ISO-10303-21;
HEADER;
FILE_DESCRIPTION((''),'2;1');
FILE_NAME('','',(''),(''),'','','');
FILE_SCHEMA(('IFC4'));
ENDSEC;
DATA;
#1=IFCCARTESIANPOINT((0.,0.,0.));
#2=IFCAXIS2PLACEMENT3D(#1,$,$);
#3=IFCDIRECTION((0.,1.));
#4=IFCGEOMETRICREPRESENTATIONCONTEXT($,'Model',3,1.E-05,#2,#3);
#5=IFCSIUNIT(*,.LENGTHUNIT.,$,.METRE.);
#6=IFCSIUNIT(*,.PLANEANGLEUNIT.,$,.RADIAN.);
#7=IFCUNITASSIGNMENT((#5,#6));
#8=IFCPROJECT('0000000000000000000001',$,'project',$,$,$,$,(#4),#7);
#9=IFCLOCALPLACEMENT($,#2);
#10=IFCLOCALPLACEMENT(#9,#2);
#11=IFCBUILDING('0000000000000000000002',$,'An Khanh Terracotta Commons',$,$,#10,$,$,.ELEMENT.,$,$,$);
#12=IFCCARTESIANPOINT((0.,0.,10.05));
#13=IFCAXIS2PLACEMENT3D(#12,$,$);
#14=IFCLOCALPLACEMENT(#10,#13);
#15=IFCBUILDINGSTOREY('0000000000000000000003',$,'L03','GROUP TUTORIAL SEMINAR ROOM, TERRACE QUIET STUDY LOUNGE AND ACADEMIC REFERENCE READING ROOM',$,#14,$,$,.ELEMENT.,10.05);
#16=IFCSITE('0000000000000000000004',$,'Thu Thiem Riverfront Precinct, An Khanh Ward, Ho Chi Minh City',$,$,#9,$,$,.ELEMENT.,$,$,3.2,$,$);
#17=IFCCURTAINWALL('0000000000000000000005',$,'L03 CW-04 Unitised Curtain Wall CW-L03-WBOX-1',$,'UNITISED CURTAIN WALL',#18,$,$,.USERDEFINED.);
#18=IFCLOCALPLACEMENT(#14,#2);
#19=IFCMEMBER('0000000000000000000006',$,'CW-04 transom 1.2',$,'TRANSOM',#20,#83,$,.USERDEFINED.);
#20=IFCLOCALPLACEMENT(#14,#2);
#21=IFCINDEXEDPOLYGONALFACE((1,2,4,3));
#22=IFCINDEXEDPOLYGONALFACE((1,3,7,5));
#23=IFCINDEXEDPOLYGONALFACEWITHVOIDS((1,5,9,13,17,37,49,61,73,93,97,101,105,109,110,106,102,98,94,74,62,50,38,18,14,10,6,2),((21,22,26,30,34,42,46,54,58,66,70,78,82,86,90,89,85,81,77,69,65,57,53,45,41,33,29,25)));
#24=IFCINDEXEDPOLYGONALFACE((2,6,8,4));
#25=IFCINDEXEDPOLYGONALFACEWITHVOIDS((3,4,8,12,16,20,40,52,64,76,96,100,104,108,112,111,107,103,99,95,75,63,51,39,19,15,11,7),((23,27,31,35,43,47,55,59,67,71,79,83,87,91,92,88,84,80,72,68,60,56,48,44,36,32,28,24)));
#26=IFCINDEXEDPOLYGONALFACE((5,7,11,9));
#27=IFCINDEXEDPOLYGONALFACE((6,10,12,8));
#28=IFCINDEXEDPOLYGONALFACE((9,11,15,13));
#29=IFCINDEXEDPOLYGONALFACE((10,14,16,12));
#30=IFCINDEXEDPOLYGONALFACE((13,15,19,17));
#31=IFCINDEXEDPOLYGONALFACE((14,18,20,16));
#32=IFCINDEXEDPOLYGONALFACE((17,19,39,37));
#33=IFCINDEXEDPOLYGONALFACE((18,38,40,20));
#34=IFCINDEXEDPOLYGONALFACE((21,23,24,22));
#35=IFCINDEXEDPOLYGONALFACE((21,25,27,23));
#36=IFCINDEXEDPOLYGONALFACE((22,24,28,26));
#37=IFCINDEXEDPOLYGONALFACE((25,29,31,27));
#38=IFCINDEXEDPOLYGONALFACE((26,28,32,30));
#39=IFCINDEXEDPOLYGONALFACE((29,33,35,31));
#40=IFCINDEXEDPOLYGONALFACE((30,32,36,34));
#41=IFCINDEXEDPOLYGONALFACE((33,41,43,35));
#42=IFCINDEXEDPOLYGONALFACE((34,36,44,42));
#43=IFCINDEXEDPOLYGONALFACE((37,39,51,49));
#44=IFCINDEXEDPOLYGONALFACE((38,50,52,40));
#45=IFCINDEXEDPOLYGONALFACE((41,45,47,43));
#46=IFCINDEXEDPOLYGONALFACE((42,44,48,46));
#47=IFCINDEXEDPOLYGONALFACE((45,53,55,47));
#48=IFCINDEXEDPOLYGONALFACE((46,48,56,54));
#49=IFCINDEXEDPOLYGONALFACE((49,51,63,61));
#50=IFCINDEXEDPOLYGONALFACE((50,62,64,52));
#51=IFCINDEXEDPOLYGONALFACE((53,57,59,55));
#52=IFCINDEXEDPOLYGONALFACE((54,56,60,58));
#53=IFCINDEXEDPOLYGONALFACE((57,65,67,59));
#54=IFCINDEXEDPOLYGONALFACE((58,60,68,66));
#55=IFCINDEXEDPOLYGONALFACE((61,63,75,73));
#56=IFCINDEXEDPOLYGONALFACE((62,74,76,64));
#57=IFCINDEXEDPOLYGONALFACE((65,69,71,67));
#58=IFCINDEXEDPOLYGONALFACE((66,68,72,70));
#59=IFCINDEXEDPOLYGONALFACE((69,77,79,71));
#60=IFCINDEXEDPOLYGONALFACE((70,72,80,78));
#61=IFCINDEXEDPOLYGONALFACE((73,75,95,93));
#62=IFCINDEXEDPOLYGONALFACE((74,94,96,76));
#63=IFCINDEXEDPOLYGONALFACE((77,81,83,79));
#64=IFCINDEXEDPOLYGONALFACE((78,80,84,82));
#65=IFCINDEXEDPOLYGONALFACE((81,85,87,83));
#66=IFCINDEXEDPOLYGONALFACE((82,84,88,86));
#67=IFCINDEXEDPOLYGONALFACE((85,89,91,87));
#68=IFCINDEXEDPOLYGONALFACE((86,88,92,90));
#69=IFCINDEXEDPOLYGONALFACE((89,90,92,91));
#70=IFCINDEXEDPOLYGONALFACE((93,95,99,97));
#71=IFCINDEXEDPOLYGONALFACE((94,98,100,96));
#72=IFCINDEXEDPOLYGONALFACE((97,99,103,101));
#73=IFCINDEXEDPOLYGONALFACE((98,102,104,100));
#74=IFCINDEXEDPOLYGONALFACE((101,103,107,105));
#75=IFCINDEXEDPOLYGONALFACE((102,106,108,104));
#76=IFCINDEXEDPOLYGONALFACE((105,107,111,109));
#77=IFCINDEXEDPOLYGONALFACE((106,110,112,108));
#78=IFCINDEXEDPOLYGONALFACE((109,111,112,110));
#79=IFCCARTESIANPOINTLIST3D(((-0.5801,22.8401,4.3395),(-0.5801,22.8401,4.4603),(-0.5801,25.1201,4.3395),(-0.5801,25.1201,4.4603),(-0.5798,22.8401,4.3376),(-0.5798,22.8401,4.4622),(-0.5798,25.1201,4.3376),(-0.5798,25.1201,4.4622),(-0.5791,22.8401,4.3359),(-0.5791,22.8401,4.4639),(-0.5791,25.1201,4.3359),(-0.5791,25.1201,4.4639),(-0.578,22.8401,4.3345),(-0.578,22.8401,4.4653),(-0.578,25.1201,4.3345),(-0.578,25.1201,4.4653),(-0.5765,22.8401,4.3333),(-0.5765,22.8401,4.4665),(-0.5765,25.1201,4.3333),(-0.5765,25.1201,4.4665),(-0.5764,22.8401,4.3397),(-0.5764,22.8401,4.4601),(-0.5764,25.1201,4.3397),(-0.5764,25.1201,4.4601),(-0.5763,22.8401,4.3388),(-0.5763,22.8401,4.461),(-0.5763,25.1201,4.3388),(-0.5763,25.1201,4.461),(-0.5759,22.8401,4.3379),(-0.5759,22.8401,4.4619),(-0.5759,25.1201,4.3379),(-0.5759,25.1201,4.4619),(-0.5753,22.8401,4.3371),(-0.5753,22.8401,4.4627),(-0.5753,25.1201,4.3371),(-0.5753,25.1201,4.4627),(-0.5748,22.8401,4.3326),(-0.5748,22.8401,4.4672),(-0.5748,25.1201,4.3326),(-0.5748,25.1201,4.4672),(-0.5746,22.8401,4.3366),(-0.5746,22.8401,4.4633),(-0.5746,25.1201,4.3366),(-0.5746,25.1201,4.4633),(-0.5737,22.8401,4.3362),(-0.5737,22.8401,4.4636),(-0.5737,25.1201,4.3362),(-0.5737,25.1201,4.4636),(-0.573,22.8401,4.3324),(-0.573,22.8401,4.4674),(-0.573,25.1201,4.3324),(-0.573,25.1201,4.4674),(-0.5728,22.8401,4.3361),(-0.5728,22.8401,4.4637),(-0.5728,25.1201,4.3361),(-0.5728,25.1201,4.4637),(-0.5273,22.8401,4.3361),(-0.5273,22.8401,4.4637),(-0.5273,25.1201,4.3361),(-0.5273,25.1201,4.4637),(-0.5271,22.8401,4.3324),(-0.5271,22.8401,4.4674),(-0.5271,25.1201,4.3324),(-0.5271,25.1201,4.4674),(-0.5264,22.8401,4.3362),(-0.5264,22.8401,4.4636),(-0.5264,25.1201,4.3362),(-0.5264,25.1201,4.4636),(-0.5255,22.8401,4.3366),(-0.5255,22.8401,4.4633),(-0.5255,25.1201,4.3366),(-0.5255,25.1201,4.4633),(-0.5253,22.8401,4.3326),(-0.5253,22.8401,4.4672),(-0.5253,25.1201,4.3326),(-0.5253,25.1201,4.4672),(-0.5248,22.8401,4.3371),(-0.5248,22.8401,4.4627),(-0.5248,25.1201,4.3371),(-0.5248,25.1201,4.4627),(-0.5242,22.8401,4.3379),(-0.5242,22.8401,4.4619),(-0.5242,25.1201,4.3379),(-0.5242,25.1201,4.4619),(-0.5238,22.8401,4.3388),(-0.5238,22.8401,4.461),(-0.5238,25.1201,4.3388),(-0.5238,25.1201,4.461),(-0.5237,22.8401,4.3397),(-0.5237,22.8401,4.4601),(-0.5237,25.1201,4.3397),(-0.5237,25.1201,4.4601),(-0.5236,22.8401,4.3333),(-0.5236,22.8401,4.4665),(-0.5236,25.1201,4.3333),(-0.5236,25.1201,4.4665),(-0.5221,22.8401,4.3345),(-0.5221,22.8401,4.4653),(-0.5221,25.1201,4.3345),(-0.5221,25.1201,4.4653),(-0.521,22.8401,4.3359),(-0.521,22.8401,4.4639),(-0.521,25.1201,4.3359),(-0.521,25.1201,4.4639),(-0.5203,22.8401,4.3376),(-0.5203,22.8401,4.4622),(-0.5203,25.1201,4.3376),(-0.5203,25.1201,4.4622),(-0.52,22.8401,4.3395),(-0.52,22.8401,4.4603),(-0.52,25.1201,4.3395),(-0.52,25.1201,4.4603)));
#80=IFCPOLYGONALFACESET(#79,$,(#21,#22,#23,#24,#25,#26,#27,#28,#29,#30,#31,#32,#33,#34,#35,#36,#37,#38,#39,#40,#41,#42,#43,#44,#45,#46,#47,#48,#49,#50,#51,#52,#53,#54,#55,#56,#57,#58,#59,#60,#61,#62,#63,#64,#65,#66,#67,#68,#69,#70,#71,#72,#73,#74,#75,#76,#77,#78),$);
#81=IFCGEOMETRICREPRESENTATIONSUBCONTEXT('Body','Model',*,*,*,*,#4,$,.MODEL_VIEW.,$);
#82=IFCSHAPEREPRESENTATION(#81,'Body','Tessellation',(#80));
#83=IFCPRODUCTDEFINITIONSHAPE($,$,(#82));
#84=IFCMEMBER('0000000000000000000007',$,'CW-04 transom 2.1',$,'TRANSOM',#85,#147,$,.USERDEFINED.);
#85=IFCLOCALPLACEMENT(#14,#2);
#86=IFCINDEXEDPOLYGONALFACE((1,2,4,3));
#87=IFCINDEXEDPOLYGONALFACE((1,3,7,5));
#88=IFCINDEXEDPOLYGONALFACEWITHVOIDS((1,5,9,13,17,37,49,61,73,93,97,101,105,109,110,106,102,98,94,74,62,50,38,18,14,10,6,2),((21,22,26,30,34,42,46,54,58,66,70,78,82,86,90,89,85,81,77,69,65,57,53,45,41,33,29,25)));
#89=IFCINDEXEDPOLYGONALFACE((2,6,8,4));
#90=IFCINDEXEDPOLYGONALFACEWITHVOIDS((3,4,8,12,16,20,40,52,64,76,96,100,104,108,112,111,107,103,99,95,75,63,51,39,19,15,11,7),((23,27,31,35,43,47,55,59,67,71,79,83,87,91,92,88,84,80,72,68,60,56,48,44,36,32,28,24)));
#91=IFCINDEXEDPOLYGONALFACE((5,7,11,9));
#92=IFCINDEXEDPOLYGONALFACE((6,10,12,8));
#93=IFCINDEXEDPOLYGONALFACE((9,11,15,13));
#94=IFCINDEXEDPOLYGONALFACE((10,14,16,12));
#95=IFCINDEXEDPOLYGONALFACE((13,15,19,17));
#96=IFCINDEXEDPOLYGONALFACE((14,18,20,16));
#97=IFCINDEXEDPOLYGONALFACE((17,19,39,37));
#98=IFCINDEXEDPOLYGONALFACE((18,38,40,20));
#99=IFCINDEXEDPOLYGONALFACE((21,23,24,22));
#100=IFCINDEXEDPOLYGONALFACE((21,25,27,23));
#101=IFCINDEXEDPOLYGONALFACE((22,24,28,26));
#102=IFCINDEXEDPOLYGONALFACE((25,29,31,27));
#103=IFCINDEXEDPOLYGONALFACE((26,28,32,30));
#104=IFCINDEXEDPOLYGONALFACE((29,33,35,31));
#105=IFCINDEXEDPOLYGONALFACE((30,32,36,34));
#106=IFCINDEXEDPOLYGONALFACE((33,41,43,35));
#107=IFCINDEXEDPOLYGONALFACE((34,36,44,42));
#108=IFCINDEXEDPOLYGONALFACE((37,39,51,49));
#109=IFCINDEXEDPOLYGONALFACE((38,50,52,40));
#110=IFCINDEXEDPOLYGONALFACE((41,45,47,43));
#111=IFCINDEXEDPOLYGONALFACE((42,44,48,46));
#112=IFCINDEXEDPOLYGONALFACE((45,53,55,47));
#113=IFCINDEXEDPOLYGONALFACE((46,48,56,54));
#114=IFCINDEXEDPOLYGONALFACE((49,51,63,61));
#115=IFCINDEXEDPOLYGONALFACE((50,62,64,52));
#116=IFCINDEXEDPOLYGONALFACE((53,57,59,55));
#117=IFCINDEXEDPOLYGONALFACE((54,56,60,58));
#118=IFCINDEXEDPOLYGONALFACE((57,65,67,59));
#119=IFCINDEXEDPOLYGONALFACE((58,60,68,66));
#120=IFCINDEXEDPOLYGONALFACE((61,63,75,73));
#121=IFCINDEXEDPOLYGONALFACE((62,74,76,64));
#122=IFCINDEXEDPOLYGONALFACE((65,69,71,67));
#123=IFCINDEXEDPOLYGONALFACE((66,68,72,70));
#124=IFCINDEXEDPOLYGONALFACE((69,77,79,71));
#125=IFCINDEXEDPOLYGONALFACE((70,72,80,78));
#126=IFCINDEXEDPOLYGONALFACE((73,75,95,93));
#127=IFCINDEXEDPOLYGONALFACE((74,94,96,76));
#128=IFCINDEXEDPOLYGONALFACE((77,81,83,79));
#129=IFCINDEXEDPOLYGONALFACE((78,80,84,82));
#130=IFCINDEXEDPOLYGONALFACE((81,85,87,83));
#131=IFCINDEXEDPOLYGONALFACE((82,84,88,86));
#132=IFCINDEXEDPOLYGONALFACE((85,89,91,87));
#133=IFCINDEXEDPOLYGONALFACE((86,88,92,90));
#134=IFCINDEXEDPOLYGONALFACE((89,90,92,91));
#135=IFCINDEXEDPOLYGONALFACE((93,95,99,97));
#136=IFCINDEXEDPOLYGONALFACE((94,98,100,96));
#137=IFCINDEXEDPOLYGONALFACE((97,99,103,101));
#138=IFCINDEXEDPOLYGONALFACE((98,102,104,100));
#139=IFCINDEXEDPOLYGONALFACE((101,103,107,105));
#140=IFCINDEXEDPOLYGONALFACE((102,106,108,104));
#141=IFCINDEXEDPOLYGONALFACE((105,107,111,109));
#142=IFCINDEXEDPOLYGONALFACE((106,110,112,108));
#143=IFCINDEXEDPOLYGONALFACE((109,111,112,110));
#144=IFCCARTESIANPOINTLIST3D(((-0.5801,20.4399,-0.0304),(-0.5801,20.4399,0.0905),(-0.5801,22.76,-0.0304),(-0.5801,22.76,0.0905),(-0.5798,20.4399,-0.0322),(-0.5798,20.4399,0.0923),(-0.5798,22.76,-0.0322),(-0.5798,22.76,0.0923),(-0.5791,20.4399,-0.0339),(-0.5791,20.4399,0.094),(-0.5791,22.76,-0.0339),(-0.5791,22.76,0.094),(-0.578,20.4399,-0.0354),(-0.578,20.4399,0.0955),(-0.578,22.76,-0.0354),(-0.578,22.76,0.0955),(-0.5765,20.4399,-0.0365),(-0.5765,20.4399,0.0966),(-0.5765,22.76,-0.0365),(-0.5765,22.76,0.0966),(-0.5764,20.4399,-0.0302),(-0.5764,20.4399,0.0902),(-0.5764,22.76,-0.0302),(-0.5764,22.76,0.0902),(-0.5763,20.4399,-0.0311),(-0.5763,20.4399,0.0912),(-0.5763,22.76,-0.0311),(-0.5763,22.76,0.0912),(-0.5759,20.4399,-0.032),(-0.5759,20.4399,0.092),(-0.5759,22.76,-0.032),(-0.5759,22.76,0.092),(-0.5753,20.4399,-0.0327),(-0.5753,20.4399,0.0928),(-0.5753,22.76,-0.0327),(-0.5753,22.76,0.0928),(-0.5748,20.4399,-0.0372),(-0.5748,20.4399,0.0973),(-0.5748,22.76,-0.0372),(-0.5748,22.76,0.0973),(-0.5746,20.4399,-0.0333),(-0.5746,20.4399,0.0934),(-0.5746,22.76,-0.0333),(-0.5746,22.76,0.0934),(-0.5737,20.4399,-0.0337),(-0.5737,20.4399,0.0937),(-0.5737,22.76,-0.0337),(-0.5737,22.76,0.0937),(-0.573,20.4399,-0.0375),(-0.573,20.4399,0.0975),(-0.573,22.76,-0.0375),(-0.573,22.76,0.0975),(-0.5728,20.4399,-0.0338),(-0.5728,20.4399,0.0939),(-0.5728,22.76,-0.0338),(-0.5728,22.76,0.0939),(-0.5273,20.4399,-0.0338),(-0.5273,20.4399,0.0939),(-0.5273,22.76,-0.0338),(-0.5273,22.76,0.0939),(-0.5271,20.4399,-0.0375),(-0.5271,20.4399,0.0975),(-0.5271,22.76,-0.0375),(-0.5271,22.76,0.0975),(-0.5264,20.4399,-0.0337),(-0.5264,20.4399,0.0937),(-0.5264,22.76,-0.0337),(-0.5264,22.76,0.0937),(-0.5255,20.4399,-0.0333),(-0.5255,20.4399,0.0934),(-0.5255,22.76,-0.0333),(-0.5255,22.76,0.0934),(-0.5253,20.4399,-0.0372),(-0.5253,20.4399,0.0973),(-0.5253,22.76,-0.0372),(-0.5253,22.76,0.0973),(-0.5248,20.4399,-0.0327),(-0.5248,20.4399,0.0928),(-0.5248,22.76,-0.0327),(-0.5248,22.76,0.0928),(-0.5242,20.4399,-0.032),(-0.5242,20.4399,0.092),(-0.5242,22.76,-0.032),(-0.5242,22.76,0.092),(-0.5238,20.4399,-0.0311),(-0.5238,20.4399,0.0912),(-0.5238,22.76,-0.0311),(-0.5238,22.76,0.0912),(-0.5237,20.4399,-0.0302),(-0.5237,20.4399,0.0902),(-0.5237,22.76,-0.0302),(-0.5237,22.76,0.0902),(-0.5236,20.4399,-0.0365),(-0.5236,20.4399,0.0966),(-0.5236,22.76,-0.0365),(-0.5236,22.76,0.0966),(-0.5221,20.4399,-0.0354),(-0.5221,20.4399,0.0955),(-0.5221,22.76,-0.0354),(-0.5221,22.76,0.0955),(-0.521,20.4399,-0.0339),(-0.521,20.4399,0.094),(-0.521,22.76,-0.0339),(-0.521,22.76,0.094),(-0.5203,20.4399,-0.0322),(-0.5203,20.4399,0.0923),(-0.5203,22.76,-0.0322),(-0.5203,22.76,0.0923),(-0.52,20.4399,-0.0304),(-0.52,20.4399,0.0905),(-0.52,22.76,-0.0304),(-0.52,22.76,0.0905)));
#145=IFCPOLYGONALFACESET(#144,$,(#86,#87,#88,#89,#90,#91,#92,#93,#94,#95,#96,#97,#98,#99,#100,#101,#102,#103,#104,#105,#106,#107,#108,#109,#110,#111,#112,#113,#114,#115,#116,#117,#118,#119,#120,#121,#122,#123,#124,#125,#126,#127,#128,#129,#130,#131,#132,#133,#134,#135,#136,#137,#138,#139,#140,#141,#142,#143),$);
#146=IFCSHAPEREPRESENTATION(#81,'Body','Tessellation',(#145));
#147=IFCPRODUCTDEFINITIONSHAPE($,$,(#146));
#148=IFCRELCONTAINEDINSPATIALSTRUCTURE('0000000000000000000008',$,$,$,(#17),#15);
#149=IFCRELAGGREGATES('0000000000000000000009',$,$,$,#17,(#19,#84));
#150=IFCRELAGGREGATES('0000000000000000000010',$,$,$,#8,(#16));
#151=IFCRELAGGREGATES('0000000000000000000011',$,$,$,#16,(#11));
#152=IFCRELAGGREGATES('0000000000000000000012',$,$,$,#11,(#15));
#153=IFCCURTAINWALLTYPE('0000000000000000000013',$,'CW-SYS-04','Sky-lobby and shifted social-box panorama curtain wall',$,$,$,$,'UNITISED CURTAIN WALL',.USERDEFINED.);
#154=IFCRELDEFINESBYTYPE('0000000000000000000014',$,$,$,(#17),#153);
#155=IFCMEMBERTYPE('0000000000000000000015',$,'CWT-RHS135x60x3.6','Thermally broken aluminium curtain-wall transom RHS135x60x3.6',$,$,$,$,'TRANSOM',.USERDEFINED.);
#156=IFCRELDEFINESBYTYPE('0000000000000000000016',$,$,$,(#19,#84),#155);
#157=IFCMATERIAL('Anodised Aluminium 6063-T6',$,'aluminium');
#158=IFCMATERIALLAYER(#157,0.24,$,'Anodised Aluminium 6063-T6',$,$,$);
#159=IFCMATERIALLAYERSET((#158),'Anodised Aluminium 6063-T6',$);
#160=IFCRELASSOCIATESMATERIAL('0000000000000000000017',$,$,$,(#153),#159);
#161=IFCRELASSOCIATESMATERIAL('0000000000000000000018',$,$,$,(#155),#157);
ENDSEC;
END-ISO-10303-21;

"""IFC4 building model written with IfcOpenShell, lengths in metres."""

from ifc_helpers import new_model, si_unit, direction, frame, origin, origin_2d, place, context, subcontext, project, spatial, hollow_rectangle, extrude, material, layer, layer_set, material_profile, profile_set, type_object, element, aggregate, save


model = new_model("IFC4")

# Units and contexts
model_context = context("Model", 3, precision=1e-05, world=origin(), true_north=direction((0.0, 1.0)))
body_context = subcontext(model_context, "Body", "Model", "MODEL_VIEW")
ifc_project = project(units=[si_unit("LENGTHUNIT", "METRE"), si_unit("PLANEANGLEUNIT", "RADIAN")], contexts=[model_context])

# Site, building, storey
site_placement = place(None, origin())
site = spatial("IfcSite", under=ifc_project, at=site_placement, Name="Thu Thiem Riverfront Precinct, An Khanh Ward, Ho Chi Minh City", CompositionType="ELEMENT", RefElevation=3.2)
building_placement = place(site_placement, origin())
building = spatial("IfcBuilding", under=site, at=building_placement, Name="An Khanh Terracotta Commons", CompositionType="ELEMENT")
storey_placement = place(building_placement, frame((0.0, 0.0, 10.05)))
storey = spatial("IfcBuildingStorey", under=building, at=storey_placement, Name="L03", Description="GROUP TUTORIAL SEMINAR ROOM, TERRACE QUIET STUDY LOUNGE AND ACADEMIC REFERENCE READING ROOM", CompositionType="ELEMENT", Elevation=10.05)

# Curtain wall, members
ifc_material_1 = material(Name="Anodised Aluminium 6063-T6", Category="aluminium")
ifc_layer_1 = layer(ifc_material_1, 0.24, Name="Anodised Aluminium 6063-T6")
ifc_layer_set_1 = layer_set([ifc_layer_1], Name="Anodised Aluminium 6063-T6")
curtain_wall_type = type_object("IfcCurtainWallType", Name="CW-SYS-04", Description="Sky-lobby and shifted social-box panorama curtain wall", ElementType="UNITISED CURTAIN WALL", PredefinedType="USERDEFINED", material=ifc_layer_set_1)
curtain_wall_placement = place(storey_placement, origin())
curtain_wall = element("IfcCurtainWall", 1, at=curtain_wall_placement, inside=storey, type_object=curtain_wall_type, Name="L03 CW-04 Unitised Curtain Wall CW-L03-WBOX-1", ObjectType="UNITISED CURTAIN WALL", PredefinedType="USERDEFINED")
ifc_material_profile_1 = material_profile(ifc_material_1, hollow_rectangle(XDim=0.0601, YDim=0.135, WallThickness=0.0037, InnerFilletRadius=0.0037, OuterFilletRadius=0.0071, at=origin_2d()), Name="RHS135x60x3.6")
ifc_profile_set_1 = profile_set([ifc_material_profile_1], Name="Anodised Aluminium 6063-T6")
member_type_1 = type_object("IfcMemberType", Name="CWT-RHS135x60x3.6", Description="Thermally broken aluminium curtain-wall transom RHS135x60x3.6", ElementType="TRANSOM", PredefinedType="USERDEFINED", material=ifc_profile_set_1)
member_1_placement = place(storey_placement, frame((-0.55, 25.1201, 4.3999), z_axis=(0.0, -1.0, 0.0), x_axis=(1.0, 0.0, 0.0)))
member_1 = element("IfcMember", 2, at=member_1_placement, type_object=member_type_1, Name="CW-04 transom 1.2", ObjectType="TRANSOM", PredefinedType="USERDEFINED", context=body_context, shape_type="SweptSolid", body=[
    extrude(hollow_rectangle(XDim=0.0601, YDim=0.135, WallThickness=0.0037, InnerFilletRadius=0.0037, OuterFilletRadius=0.0071, at=origin_2d()), origin(), (0.0, 0.0, 1.0), 2.28),
])
member_2_placement = place(storey_placement, frame((-0.55, 22.76, 0.03), z_axis=(0.0, -1.0, 0.0), x_axis=(1.0, 0.0, 0.0)))
member_2 = element("IfcMember", 3, at=member_2_placement, type_object=member_type_1, Name="CW-04 transom 2.1", ObjectType="TRANSOM", PredefinedType="USERDEFINED", context=body_context, shape_type="SweptSolid", body=[
    extrude(hollow_rectangle(XDim=0.0601, YDim=0.135, WallThickness=0.0037, InnerFilletRadius=0.0037, OuterFilletRadius=0.0071, at=origin_2d()), origin(), (0.0, 0.0, 1.0), 2.3201),
])
aggregate(curtain_wall, [member_1, member_2])

save(model, "model.ifc")
